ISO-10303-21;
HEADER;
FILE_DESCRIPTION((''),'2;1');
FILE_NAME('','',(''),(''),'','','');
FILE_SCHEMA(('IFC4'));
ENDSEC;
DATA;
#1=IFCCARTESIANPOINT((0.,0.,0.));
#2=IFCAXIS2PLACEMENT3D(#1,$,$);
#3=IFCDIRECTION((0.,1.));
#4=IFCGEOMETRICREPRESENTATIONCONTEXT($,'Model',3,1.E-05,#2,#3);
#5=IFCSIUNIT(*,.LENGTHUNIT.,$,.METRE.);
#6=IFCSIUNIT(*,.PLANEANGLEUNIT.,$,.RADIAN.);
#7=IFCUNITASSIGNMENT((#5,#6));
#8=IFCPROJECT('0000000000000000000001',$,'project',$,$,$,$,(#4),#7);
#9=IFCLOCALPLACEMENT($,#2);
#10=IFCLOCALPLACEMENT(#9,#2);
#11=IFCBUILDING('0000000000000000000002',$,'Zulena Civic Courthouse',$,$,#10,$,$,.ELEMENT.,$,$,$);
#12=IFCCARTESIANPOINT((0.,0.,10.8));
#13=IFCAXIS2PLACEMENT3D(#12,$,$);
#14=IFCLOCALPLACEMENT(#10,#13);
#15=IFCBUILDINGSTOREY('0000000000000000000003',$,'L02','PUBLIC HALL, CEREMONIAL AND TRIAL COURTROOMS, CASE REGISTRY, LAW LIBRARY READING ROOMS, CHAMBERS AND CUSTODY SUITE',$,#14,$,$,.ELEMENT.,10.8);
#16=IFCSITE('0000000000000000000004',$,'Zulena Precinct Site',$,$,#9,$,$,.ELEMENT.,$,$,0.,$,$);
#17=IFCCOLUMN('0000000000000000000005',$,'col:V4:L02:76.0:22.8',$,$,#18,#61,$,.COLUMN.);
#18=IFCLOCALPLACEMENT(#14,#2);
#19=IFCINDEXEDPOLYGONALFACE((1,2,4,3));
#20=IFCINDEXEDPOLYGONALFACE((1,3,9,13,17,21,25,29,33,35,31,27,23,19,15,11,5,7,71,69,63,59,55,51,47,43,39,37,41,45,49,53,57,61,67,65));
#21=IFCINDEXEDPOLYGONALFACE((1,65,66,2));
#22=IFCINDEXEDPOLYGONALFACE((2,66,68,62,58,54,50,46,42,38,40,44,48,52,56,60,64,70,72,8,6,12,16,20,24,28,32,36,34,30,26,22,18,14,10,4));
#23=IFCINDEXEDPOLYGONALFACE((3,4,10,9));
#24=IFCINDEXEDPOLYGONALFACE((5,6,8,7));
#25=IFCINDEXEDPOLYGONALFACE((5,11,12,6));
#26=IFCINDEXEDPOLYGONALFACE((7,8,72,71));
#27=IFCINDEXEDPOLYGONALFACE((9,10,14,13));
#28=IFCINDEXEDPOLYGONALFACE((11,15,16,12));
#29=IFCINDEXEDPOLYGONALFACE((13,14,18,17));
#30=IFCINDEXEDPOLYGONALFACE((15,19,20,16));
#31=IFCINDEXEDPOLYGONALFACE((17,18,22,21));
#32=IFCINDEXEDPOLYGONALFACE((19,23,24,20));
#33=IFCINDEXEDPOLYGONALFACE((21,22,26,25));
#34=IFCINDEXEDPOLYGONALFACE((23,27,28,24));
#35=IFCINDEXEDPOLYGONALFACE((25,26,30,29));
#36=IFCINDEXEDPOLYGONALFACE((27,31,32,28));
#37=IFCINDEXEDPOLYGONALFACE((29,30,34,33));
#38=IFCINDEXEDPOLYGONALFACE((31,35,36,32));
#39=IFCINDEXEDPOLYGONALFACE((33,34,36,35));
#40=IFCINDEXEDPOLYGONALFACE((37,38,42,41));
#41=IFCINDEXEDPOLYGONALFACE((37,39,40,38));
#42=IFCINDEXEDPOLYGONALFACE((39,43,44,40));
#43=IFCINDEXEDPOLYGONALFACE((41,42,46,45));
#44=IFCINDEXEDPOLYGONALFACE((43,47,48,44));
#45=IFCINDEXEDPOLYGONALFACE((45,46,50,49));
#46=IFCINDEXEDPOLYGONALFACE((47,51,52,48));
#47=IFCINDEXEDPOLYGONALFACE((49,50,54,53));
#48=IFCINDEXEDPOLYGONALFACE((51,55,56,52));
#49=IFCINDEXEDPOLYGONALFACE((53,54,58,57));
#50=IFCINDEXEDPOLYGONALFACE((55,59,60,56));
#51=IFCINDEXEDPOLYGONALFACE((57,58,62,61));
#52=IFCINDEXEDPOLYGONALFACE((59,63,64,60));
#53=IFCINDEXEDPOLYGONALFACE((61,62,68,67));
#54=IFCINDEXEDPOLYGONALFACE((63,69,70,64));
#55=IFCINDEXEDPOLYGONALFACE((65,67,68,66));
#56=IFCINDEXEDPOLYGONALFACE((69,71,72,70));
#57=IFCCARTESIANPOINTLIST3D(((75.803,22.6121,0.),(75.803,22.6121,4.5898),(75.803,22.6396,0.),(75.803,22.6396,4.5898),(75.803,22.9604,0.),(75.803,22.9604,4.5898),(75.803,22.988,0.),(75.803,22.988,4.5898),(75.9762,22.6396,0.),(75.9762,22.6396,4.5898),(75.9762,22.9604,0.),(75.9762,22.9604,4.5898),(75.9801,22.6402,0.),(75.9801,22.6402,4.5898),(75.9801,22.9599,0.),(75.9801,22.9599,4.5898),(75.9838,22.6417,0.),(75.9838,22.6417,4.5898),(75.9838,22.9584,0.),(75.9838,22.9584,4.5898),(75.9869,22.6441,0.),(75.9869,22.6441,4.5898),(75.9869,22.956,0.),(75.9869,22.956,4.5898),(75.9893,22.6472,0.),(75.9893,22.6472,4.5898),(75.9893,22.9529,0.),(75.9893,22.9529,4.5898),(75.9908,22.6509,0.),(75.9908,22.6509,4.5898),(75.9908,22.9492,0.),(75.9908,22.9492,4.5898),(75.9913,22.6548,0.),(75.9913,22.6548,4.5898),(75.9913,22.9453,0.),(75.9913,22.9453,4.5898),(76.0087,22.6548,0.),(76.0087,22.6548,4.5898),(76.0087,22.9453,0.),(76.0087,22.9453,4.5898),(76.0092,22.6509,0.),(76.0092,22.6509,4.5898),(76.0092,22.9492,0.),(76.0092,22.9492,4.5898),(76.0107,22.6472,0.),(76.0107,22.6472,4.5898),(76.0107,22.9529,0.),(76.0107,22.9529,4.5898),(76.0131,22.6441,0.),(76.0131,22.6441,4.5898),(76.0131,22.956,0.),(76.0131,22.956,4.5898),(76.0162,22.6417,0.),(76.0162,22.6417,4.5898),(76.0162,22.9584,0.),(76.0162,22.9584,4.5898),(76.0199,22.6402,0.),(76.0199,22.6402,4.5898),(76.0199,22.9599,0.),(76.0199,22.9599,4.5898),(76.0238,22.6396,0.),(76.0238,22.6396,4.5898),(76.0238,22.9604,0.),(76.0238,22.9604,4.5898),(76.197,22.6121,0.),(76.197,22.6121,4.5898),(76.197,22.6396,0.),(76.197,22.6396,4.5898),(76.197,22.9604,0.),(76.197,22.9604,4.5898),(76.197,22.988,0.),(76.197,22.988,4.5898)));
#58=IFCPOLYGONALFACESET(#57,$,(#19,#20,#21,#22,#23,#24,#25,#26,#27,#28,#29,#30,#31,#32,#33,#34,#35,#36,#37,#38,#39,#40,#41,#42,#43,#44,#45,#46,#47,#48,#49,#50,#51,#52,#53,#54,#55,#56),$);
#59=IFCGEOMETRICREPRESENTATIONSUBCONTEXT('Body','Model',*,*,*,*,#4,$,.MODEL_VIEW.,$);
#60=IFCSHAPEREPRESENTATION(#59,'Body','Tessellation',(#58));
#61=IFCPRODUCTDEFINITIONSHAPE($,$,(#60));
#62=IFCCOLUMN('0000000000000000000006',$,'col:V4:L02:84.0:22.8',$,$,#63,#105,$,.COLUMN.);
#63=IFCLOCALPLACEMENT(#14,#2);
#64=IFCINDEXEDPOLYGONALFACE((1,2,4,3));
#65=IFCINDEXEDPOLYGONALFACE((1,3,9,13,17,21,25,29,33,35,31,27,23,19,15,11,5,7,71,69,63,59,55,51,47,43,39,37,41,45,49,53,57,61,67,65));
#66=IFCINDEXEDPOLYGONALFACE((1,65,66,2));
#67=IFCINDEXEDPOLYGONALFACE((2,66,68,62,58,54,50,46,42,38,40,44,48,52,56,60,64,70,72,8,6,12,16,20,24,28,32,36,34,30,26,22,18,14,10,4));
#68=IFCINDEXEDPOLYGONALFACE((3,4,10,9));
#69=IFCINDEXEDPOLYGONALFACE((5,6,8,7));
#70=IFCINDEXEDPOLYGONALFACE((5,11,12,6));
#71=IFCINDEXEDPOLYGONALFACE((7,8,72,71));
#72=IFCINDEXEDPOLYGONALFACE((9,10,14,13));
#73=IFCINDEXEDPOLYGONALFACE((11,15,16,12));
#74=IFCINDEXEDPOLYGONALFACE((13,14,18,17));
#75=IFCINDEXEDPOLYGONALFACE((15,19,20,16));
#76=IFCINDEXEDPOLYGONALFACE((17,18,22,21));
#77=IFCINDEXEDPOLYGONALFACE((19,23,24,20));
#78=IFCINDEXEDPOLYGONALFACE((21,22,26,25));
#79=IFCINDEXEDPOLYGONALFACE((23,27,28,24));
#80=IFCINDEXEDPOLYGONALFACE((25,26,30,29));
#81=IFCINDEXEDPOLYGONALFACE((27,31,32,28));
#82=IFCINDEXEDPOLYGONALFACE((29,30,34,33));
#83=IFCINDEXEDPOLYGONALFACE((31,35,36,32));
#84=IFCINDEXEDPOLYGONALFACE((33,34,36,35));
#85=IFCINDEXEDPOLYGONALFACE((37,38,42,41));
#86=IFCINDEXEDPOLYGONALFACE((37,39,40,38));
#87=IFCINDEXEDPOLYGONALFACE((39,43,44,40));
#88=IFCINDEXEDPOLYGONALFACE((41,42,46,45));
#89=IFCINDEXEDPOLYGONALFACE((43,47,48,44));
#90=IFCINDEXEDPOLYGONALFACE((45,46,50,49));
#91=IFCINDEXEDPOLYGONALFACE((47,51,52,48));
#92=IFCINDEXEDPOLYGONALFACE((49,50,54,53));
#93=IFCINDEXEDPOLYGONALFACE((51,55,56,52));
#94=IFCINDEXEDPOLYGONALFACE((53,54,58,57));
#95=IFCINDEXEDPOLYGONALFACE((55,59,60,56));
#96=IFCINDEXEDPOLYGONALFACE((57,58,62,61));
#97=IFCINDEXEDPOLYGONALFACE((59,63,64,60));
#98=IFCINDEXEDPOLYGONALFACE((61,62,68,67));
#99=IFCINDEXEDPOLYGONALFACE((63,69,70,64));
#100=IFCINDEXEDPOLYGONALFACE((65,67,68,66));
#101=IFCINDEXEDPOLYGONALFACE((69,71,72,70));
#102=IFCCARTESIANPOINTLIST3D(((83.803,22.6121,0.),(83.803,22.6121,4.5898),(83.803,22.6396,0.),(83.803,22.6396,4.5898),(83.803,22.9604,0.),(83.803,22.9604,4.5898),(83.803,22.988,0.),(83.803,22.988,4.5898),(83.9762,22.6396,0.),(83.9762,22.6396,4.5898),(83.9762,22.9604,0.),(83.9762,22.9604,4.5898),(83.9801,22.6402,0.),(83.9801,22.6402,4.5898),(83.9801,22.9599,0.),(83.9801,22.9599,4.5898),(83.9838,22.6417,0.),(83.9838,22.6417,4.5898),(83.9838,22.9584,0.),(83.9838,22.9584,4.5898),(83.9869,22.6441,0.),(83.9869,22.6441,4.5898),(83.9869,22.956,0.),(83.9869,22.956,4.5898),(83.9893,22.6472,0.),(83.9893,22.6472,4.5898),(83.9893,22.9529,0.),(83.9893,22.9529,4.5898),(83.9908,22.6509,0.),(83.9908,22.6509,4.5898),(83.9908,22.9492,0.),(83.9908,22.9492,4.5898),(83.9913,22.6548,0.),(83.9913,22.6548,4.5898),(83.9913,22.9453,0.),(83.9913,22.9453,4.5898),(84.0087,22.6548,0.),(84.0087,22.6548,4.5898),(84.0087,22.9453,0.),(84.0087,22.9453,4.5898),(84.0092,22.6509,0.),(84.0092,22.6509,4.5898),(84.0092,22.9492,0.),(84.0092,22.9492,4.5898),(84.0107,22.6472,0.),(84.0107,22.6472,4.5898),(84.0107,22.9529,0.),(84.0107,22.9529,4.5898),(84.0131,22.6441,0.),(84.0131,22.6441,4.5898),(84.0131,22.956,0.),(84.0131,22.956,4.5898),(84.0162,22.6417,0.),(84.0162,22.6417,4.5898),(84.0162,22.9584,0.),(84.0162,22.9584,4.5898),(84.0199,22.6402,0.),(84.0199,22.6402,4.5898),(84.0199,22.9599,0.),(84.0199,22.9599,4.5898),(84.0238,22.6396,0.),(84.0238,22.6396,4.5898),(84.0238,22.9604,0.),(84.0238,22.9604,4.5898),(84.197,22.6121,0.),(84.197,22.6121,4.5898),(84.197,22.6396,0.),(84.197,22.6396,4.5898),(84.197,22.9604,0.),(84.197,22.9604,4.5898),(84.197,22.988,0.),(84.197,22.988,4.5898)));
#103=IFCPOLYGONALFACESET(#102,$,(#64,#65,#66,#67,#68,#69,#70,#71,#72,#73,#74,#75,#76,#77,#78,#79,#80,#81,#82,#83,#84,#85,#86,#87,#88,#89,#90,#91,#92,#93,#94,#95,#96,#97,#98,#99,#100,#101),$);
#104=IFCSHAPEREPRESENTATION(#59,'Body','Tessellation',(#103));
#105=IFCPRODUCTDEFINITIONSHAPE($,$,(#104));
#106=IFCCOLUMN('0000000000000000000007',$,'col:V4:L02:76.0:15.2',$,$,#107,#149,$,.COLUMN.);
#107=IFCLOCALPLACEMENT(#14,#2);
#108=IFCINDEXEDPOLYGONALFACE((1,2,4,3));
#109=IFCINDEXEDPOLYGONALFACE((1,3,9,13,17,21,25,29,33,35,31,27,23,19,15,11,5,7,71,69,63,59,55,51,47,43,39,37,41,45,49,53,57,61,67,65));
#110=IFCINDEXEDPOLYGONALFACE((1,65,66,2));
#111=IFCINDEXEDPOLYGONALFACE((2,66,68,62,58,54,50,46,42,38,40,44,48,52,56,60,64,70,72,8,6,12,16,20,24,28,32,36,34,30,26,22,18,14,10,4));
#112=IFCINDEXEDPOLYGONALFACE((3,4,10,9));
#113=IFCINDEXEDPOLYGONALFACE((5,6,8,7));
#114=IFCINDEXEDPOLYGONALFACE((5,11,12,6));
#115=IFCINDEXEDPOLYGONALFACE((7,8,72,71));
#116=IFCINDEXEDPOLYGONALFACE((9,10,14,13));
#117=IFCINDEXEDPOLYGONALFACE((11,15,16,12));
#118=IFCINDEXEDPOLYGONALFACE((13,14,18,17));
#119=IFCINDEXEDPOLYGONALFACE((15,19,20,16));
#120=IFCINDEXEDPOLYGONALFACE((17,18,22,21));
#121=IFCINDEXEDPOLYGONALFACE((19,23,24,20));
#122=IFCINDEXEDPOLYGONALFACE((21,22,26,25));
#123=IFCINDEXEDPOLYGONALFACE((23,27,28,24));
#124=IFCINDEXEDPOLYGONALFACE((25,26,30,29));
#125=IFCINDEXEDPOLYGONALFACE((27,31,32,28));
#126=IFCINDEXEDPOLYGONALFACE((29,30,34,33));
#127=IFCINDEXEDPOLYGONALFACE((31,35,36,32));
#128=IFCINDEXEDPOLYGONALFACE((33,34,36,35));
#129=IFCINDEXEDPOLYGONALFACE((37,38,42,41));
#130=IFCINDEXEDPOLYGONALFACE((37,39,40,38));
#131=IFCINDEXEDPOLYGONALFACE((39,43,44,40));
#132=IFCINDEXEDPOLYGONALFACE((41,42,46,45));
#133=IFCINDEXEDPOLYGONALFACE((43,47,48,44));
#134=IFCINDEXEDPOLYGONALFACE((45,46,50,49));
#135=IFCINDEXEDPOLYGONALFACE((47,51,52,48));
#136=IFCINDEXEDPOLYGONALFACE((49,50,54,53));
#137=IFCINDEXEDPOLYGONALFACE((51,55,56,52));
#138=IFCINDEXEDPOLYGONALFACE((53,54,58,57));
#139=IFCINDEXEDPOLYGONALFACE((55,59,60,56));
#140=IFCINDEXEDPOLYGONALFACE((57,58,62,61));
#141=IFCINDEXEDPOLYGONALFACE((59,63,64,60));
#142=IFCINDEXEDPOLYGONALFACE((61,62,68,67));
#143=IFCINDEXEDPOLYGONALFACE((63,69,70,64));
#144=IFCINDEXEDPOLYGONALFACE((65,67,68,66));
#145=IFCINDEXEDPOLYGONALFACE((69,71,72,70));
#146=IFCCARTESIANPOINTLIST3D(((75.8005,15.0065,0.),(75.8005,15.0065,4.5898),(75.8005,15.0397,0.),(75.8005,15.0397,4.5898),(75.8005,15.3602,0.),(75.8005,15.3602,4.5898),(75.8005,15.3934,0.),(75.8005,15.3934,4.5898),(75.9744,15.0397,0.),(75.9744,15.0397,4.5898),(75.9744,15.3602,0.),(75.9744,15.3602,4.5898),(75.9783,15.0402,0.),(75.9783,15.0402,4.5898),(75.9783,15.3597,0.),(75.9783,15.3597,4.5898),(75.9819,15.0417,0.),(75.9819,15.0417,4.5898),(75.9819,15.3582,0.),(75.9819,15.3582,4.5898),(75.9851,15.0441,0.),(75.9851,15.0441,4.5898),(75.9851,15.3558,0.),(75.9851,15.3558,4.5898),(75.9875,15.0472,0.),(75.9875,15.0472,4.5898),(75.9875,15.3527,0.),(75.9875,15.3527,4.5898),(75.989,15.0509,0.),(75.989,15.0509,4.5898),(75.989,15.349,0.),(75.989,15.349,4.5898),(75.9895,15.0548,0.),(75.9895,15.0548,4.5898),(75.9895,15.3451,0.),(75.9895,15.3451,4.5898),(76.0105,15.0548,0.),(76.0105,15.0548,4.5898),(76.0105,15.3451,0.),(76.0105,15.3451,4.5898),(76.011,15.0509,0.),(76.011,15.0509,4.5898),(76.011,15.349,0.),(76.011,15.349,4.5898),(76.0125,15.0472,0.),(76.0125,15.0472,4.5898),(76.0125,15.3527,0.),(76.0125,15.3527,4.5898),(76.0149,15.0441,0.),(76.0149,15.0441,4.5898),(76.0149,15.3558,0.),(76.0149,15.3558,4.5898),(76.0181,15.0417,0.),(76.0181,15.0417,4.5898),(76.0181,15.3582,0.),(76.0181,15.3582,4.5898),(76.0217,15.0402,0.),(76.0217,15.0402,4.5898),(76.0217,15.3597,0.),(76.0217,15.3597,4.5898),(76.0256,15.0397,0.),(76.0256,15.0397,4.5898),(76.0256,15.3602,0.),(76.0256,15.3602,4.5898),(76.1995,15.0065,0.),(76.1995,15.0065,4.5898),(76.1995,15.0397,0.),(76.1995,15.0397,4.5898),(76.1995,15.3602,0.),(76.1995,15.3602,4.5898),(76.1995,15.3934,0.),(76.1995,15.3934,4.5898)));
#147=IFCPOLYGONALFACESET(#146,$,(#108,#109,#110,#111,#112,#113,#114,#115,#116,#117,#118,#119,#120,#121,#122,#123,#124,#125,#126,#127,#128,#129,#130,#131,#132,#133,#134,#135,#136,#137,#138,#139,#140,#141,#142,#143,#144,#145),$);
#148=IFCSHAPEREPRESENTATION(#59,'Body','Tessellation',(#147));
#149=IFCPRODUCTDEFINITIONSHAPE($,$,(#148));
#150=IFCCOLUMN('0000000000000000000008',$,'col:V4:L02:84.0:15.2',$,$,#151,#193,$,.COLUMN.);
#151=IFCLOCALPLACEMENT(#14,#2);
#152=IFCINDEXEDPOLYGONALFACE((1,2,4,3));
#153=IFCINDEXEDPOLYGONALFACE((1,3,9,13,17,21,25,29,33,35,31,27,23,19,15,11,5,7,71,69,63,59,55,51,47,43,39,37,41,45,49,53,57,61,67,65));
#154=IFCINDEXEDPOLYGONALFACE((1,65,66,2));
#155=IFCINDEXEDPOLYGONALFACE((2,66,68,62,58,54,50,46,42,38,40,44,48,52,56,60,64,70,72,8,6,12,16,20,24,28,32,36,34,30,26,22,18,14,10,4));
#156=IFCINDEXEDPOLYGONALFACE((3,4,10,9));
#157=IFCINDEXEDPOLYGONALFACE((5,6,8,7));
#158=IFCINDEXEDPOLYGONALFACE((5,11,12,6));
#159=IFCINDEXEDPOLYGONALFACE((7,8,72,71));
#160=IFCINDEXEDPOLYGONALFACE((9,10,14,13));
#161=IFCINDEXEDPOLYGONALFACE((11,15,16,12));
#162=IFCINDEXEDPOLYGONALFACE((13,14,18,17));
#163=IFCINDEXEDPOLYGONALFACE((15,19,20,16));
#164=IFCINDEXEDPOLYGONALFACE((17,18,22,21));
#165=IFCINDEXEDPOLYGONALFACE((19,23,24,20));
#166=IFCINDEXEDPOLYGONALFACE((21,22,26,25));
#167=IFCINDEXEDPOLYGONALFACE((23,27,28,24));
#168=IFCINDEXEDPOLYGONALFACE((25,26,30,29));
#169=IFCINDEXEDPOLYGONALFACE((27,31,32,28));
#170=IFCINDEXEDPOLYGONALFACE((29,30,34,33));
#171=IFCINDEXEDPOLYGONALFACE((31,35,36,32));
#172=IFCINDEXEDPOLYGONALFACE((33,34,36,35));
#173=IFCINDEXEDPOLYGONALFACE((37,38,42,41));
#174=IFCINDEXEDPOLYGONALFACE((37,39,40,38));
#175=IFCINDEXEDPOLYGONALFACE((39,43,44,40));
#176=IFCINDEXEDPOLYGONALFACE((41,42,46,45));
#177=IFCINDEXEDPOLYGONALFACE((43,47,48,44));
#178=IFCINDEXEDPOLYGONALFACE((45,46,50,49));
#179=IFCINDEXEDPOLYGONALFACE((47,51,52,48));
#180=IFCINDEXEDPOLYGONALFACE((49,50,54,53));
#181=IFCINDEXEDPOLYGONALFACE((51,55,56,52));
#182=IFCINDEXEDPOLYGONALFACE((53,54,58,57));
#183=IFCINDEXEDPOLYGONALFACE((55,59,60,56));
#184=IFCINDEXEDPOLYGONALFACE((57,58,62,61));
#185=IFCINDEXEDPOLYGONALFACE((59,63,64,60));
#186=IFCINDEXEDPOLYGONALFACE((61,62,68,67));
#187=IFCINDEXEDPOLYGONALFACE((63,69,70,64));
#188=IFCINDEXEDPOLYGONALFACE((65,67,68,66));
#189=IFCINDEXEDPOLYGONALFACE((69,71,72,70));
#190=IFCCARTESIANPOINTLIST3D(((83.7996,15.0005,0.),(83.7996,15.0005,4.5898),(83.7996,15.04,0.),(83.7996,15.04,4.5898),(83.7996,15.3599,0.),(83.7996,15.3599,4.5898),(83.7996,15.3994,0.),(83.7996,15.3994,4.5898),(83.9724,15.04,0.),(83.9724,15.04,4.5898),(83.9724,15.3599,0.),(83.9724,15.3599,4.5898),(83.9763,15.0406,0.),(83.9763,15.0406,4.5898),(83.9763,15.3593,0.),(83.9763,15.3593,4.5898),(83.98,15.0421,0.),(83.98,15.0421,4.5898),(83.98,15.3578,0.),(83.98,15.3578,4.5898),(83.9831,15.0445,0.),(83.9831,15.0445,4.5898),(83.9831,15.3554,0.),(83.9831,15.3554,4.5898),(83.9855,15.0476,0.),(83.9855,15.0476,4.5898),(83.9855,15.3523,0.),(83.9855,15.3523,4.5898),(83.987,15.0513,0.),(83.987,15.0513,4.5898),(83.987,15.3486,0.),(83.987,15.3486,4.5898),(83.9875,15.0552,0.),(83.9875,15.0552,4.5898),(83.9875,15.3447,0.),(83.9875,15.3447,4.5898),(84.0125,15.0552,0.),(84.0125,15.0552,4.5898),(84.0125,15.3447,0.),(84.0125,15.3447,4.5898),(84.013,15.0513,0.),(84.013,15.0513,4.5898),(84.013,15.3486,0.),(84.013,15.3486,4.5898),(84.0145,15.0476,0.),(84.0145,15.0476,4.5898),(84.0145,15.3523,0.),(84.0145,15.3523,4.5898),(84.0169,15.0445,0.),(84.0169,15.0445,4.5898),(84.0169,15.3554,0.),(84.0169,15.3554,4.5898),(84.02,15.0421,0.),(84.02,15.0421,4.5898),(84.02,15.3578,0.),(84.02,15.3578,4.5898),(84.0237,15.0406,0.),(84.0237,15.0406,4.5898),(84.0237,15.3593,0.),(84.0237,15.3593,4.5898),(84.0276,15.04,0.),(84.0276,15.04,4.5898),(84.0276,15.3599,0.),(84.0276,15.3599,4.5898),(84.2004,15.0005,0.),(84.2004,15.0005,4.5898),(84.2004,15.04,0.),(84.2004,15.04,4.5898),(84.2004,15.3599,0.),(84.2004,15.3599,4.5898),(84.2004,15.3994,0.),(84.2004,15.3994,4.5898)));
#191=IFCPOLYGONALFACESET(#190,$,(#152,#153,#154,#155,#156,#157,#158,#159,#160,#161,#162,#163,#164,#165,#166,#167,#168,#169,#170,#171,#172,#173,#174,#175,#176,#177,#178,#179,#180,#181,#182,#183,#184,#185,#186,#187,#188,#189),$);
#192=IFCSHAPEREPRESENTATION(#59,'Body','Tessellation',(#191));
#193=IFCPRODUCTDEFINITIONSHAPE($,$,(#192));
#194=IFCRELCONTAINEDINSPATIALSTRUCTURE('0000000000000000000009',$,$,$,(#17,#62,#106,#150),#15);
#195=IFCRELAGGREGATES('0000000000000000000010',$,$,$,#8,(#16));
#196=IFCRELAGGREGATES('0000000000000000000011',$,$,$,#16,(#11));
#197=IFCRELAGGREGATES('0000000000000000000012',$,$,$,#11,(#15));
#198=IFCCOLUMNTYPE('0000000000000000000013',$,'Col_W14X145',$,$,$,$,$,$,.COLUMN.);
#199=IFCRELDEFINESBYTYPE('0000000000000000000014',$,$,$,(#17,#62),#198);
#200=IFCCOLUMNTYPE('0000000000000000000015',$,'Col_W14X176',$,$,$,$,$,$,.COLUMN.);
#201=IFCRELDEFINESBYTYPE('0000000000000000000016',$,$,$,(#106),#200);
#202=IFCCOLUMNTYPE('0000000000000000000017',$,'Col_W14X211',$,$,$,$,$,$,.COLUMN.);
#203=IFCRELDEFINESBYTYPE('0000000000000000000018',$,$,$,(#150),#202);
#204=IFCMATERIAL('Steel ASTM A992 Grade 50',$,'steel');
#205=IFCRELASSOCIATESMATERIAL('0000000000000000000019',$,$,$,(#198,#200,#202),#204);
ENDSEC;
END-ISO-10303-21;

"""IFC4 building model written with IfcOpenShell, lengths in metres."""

from ifc_helpers import new_model, si_unit, direction, frame, origin, origin_2d, place, context, subcontext, project, spatial, i_section, extrude, material, material_profile, profile_set, type_object, element, save


model = new_model("IFC4")

# Units and contexts
model_context = context("Model", 3, precision=1e-05, world=origin(), true_north=direction((0.0, 1.0)))
body_context = subcontext(model_context, "Body", "Model", "MODEL_VIEW")
ifc_project = project(units=[si_unit("LENGTHUNIT", "METRE"), si_unit("PLANEANGLEUNIT", "RADIAN")], contexts=[model_context])

# Site, building, storey
site_placement = place(None, origin())
site = spatial("IfcSite", under=ifc_project, at=site_placement, Name="Zulena Precinct Site", CompositionType="ELEMENT", RefElevation=0.0)
building_placement = place(site_placement, origin())
building = spatial("IfcBuilding", under=site, at=building_placement, Name="Zulena Civic Courthouse", CompositionType="ELEMENT")
storey_placement = place(building_placement, frame((0.0, 0.0, 10.8)))
storey = spatial("IfcBuildingStorey", under=building, at=storey_placement, Name="L02", Description="PUBLIC HALL, CEREMONIAL AND TRIAL COURTROOMS, CASE REGISTRY, LAW LIBRARY READING ROOMS, CHAMBERS AND CUSTODY SUITE", CompositionType="ELEMENT", Elevation=10.8)

# Columns
ifc_material_1 = material(Name="Steel ASTM A992 Grade 50", Category="steel")
ifc_material_profile_1 = material_profile(ifc_material_1, i_section(OverallWidth=0.394, OverallDepth=0.376, WebThickness=0.0173, FlangeThickness=0.0276, FilletRadius=0.0151, at=origin_2d()), Name="W14X145")
ifc_profile_set_1 = profile_set([ifc_material_profile_1], Name="Steel ASTM A992 Grade 50")
column_type_1 = type_object("IfcColumnType", Name="Col_W14X145", PredefinedType="COLUMN", material=ifc_profile_set_1)
for number, where, z_axis, x_axis, name in (
    (1, (76.0, 22.8, 0.0), (0.0, 0.0, 1.0), (1.0, 0.0, 0.0), "col:V4:L02:76.0:22.8"),
    (2, (84.0, 22.8, 0.0), (0.0, 0.0, 1.0), (1.0, 0.0, 0.0), "col:V4:L02:84.0:22.8"),
):
    element("IfcColumn", number, at=place(storey_placement, frame(where, z_axis=z_axis, x_axis=x_axis)), inside=storey, type_object=column_type_1, Name=name, PredefinedType="COLUMN", context=body_context, shape_type="SweptSolid", body=[
        extrude(i_section(OverallWidth=0.394, OverallDepth=0.376, WebThickness=0.0173, FlangeThickness=0.0276, FilletRadius=0.0151, at=origin_2d()), origin(), (0.0, 0.0, 1.0), 4.5898),
    ])
ifc_material_profile_2 = material_profile(ifc_material_1, i_section(OverallWidth=0.3989, OverallDepth=0.387, WebThickness=0.021, FlangeThickness=0.0332, FilletRadius=0.0151, at=origin_2d()), Name="W14X176")
ifc_profile_set_2 = profile_set([ifc_material_profile_2], Name="Steel ASTM A992 Grade 50")
column_type_2 = type_object("IfcColumnType", Name="Col_W14X176", PredefinedType="COLUMN", material=ifc_profile_set_2)
column_1_placement = place(storey_placement, frame((76.0, 15.2, 0.0), z_axis=(0.0, 0.0, 1.0), x_axis=(1.0, 0.0, 0.0)))
element("IfcColumn", 3, at=column_1_placement, inside=storey, type_object=column_type_2, Name="col:V4:L02:76.0:15.2", PredefinedType="COLUMN", context=body_context, shape_type="SweptSolid", body=[
    extrude(i_section(OverallWidth=0.3989, OverallDepth=0.387, WebThickness=0.021, FlangeThickness=0.0332, FilletRadius=0.0151, at=origin_2d()), origin(), (0.0, 0.0, 1.0), 4.5898),
])
ifc_material_profile_3 = material_profile(ifc_material_1, i_section(OverallWidth=0.4009, OverallDepth=0.3989, WebThickness=0.0249, FlangeThickness=0.0396, FilletRadius=0.0151, at=origin_2d()), Name="W14X211")
ifc_profile_set_3 = profile_set([ifc_material_profile_3], Name="Steel ASTM A992 Grade 50")
column_type_3 = type_object("IfcColumnType", Name="Col_W14X211", PredefinedType="COLUMN", material=ifc_profile_set_3)
column_2_placement = place(storey_placement, frame((84.0, 15.2, 0.0), z_axis=(0.0, 0.0, 1.0), x_axis=(1.0, 0.0, 0.0)))
element("IfcColumn", 4, at=column_2_placement, inside=storey, type_object=column_type_3, Name="col:V4:L02:84.0:15.2", PredefinedType="COLUMN", context=body_context, shape_type="SweptSolid", body=[
    extrude(i_section(OverallWidth=0.4009, OverallDepth=0.3989, WebThickness=0.0249, FlangeThickness=0.0396, FilletRadius=0.0151, at=origin_2d()), origin(), (0.0, 0.0, 1.0), 4.5898),
])

save(model, "model.ifc")
